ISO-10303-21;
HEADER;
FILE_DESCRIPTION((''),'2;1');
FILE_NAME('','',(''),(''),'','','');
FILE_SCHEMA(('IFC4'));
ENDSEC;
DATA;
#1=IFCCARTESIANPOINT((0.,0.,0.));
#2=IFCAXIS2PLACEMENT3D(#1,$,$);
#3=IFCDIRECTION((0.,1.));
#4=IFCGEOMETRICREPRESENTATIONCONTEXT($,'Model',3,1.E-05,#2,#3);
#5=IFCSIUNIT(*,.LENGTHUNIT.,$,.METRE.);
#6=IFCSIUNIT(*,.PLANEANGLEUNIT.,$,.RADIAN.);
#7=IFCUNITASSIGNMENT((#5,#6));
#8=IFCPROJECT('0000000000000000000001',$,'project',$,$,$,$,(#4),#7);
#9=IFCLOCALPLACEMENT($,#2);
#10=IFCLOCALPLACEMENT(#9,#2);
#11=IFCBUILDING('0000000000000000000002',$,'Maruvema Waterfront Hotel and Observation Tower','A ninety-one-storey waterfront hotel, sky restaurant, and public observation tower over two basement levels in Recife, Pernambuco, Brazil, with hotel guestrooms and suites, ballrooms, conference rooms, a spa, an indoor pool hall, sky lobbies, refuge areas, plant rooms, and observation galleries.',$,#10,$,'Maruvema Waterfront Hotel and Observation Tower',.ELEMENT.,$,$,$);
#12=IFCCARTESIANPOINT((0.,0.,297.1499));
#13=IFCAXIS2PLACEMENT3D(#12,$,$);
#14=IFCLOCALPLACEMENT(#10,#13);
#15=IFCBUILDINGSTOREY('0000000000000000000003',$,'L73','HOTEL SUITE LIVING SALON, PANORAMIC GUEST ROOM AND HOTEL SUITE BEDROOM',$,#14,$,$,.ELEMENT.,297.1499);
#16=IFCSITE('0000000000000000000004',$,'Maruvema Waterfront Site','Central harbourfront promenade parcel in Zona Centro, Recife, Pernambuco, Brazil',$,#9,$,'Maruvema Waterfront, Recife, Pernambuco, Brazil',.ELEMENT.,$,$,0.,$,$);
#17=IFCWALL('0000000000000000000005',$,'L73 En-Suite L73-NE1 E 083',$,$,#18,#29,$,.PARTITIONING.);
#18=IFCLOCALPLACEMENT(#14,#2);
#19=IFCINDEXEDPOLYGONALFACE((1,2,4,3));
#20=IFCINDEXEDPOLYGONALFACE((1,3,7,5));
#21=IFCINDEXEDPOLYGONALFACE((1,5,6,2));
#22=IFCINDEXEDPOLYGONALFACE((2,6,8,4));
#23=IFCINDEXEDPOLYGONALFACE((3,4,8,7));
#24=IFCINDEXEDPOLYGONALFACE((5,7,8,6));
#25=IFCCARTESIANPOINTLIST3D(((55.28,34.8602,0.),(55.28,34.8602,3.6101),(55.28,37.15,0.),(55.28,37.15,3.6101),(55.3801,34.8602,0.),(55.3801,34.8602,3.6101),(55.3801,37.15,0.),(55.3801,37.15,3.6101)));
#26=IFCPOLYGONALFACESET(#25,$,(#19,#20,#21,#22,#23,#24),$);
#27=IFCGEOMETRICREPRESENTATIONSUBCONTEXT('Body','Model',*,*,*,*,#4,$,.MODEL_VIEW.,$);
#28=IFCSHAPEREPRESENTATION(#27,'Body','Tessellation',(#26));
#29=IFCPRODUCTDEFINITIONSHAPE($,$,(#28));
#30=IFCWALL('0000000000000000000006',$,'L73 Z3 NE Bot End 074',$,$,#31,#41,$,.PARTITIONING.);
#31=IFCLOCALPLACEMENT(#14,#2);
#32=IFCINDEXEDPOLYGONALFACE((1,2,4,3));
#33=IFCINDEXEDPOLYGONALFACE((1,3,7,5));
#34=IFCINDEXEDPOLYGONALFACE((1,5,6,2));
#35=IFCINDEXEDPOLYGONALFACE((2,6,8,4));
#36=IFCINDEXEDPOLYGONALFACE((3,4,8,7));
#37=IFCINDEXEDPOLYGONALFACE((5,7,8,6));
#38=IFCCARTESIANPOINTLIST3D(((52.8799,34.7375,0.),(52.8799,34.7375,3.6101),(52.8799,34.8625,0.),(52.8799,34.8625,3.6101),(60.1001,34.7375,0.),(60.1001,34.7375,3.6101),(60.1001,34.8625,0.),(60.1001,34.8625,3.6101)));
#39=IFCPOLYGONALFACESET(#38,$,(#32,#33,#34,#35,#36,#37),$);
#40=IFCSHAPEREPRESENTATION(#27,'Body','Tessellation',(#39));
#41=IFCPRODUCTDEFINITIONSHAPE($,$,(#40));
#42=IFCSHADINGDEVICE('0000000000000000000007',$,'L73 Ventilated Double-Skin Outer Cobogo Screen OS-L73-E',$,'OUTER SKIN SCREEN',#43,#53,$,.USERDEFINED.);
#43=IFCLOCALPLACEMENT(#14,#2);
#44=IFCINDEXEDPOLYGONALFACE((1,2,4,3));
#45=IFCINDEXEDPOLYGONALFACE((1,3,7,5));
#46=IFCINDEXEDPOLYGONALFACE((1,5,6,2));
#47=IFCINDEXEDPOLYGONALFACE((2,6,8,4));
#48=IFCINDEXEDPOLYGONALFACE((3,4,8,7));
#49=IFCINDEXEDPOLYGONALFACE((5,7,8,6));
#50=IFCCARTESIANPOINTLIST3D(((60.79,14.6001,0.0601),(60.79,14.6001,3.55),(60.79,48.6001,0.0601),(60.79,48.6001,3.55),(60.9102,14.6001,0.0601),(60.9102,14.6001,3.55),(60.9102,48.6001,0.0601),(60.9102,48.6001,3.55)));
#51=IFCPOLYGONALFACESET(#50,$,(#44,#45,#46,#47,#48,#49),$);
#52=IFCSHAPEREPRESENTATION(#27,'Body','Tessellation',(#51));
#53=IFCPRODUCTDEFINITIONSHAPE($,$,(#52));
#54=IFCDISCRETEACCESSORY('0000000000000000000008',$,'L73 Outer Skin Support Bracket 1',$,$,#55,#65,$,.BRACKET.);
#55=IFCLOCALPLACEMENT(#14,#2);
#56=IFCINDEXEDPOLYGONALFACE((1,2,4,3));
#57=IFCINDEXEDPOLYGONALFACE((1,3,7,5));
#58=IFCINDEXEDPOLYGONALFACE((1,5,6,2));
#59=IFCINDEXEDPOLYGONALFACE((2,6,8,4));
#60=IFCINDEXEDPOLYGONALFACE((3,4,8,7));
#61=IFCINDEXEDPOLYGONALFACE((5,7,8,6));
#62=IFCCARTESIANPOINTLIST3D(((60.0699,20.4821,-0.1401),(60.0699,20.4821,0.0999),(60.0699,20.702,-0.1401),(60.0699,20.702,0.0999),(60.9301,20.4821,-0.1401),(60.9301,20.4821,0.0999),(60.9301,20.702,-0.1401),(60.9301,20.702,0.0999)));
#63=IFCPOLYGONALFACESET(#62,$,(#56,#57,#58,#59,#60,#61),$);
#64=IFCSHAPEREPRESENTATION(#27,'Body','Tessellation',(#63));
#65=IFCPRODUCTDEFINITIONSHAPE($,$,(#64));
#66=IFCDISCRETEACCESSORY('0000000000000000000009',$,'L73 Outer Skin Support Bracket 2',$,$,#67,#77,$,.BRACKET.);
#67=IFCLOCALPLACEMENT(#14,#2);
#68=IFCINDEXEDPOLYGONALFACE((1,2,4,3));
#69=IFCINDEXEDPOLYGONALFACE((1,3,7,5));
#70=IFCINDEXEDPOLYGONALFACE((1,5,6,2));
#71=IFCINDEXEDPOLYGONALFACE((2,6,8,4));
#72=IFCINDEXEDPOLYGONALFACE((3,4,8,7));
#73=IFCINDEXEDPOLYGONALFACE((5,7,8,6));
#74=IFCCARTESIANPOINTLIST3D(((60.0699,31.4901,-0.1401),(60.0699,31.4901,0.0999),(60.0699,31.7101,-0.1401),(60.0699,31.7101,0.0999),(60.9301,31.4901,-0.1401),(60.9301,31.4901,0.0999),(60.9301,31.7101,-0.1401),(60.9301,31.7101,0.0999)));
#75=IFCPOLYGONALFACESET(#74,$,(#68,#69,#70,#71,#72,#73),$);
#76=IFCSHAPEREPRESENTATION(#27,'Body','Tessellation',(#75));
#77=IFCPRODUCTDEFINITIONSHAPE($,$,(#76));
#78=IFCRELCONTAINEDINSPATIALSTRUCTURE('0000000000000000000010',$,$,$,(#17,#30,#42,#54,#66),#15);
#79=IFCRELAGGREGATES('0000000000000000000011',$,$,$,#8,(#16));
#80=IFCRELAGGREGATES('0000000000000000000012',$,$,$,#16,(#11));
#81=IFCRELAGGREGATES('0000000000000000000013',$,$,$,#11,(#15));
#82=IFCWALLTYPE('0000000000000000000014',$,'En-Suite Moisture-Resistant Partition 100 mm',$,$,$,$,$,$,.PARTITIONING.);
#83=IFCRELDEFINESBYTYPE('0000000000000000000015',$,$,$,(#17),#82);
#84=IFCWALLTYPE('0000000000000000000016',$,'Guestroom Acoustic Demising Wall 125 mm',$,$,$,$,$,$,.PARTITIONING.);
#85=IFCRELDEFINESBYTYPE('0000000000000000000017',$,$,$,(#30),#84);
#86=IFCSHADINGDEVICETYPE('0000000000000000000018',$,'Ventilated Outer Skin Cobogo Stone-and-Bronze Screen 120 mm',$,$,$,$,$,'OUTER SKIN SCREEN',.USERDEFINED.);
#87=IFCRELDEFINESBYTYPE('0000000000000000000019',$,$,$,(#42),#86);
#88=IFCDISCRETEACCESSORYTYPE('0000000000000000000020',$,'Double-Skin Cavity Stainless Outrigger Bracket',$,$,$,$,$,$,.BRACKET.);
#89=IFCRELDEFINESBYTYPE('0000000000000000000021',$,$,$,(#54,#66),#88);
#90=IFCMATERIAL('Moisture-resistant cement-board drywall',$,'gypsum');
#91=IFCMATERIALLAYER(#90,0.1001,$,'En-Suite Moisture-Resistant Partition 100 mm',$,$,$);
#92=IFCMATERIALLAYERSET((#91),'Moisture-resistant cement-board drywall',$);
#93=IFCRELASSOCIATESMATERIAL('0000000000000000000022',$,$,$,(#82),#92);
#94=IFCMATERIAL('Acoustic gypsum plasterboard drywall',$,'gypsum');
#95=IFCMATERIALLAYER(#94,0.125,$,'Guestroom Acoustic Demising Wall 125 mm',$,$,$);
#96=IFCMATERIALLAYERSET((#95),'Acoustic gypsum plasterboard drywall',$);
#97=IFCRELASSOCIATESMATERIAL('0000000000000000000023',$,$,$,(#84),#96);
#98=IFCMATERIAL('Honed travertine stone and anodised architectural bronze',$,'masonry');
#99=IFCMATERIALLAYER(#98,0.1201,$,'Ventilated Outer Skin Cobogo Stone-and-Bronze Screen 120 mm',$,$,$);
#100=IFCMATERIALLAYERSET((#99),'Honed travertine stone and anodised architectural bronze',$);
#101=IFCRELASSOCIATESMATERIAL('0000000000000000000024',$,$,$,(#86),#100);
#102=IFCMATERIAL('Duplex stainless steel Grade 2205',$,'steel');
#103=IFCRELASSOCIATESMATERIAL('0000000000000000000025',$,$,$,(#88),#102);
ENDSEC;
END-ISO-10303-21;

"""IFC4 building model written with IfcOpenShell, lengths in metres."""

from ifc_helpers import new_model, si_unit, direction, frame, frame_2d, origin, origin_2d, place, context, subcontext, project, spatial, rectangle, extrude, material, layer, layer_set, type_object, element, save


model = new_model("IFC4")

# Units and contexts
model_context = context("Model", 3, precision=1e-05, world=origin(), true_north=direction((0.0, 1.0)))
body_context = subcontext(model_context, "Body", "Model", "MODEL_VIEW")
ifc_project = project(units=[si_unit("LENGTHUNIT", "METRE"), si_unit("PLANEANGLEUNIT", "RADIAN")], contexts=[model_context])

# Site, building, storey
site_placement = place(None, origin())
site = spatial("IfcSite", under=ifc_project, at=site_placement, Name="Maruvema Waterfront Site", Description="Central harbourfront promenade parcel in Zona Centro, Recife, Pernambuco, Brazil", LongName="Maruvema Waterfront, Recife, Pernambuco, Brazil", CompositionType="ELEMENT", RefElevation=0.0)
building_placement = place(site_placement, origin())
building = spatial("IfcBuilding", under=site, at=building_placement, Name="Maruvema Waterfront Hotel and Observation Tower", Description="A ninety-one-storey waterfront hotel, sky restaurant, and public observation tower over two basement levels in Recife, Pernambuco, Brazil, with hotel guestrooms and suites, ballrooms, conference rooms, a spa, an indoor pool hall, sky lobbies, refuge areas, plant rooms, and observation galleries.", LongName="Maruvema Waterfront Hotel and Observation Tower", CompositionType="ELEMENT")
storey_placement = place(building_placement, frame((0.0, 0.0, 297.1499)))
storey = spatial("IfcBuildingStorey", under=building, at=storey_placement, Name="L73", Description="HOTEL SUITE LIVING SALON, PANORAMIC GUEST ROOM AND HOTEL SUITE BEDROOM", CompositionType="ELEMENT", Elevation=297.1499)

# Walls
ifc_material_1 = material(Name="Moisture-resistant cement-board drywall", Category="gypsum")
ifc_layer_1 = layer(ifc_material_1, 0.1001, Name="En-Suite Moisture-Resistant Partition 100 mm")
ifc_layer_set_1 = layer_set([ifc_layer_1], Name="Moisture-resistant cement-board drywall")
wall_type_1 = type_object("IfcWallType", Name="En-Suite Moisture-Resistant Partition 100 mm", PredefinedType="PARTITIONING", material=ifc_layer_set_1)
wall_1_placement = place(storey_placement, frame((55.3301, 34.8601, 0.0), z_axis=(0.0, 0.0, 1.0), x_axis=(0.0, 1.0, 0.0)))
element("IfcWall", 1, at=wall_1_placement, inside=storey, type_object=wall_type_1, Name="L73 En-Suite L73-NE1 E 083", PredefinedType="PARTITIONING", context=body_context, shape_type="SweptSolid", body=[
    extrude(rectangle(XDim=2.2898, YDim=0.1001, at=frame_2d((1.145, 0.0))), origin(), (0.0, 0.0, 1.0), 3.6101),
])
ifc_material_2 = material(Name="Acoustic gypsum plasterboard drywall", Category="gypsum")
ifc_layer_2 = layer(ifc_material_2, 0.125, Name="Guestroom Acoustic Demising Wall 125 mm")
ifc_layer_set_2 = layer_set([ifc_layer_2], Name="Acoustic gypsum plasterboard drywall")
wall_type_2 = type_object("IfcWallType", Name="Guestroom Acoustic Demising Wall 125 mm", PredefinedType="PARTITIONING", material=ifc_layer_set_2)
wall_2_placement = place(storey_placement, frame((52.8799, 34.8, 0.0), z_axis=(0.0, 0.0, 1.0), x_axis=(1.0, 0.0, 0.0)))
element("IfcWall", 2, at=wall_2_placement, inside=storey, type_object=wall_type_2, Name="L73 Z3 NE Bot End 074", PredefinedType="PARTITIONING", context=body_context, shape_type="SweptSolid", body=[
    extrude(rectangle(XDim=7.2202, YDim=0.125, at=frame_2d((3.6101, 0.0))), origin(), (0.0, 0.0, 1.0), 3.6101),
])

# Shading device
ifc_material_3 = material(Name="Honed travertine stone and anodised architectural bronze", Category="masonry")
ifc_layer_3 = layer(ifc_material_3, 0.1201, Name="Ventilated Outer Skin Cobogo Stone-and-Bronze Screen 120 mm")
ifc_layer_set_3 = layer_set([ifc_layer_3], Name="Honed travertine stone and anodised architectural bronze")
shading_device_type = type_object("IfcShadingDeviceType", Name="Ventilated Outer Skin Cobogo Stone-and-Bronze Screen 120 mm", ElementType="OUTER SKIN SCREEN", PredefinedType="USERDEFINED", material=ifc_layer_set_3)
shading_device_placement = place(storey_placement, frame((60.8501, 31.6001, 0.0601), z_axis=(0.0, 0.0, 1.0), x_axis=(0.0, 1.0, 0.0)))
element("IfcShadingDevice", 3, at=shading_device_placement, inside=storey, type_object=shading_device_type, Name="L73 Ventilated Double-Skin Outer Cobogo Screen OS-L73-E", ObjectType="OUTER SKIN SCREEN", PredefinedType="USERDEFINED", context=body_context, shape_type="SweptSolid", body=[
    extrude(rectangle(XDim=34.0, YDim=0.1201, at=origin_2d()), origin(), (0.0, 0.0, 1.0), 3.49),
])

# Discrete accessories
ifc_material_4 = material(Name="Duplex stainless steel Grade 2205", Category="steel")
discrete_accessory_type = type_object("IfcDiscreteAccessoryType", Name="Double-Skin Cavity Stainless Outrigger Bracket", PredefinedType="BRACKET", material=ifc_material_4)
for number, where, z_axis, x_axis, name in (
    (4, (60.5, 20.592, -0.1401), (0.0, 0.0, 1.0), (0.0, 1.0, 0.0), "L73 Outer Skin Support Bracket 1"),
    (5, (60.5, 31.6001, -0.1401), (0.0, 0.0, 1.0), (0.0, 1.0, 0.0), "L73 Outer Skin Support Bracket 2"),
):
    element("IfcDiscreteAccessory", number, at=place(storey_placement, frame(where, z_axis=z_axis, x_axis=x_axis)), inside=storey, type_object=discrete_accessory_type, Name=name, PredefinedType="BRACKET", context=body_context, shape_type="SweptSolid", body=[
        extrude(rectangle(XDim=0.22, YDim=0.8601, at=origin_2d()), origin(), (0.0, 0.0, 1.0), 0.24),
    ])

save(model, "model.ifc")
